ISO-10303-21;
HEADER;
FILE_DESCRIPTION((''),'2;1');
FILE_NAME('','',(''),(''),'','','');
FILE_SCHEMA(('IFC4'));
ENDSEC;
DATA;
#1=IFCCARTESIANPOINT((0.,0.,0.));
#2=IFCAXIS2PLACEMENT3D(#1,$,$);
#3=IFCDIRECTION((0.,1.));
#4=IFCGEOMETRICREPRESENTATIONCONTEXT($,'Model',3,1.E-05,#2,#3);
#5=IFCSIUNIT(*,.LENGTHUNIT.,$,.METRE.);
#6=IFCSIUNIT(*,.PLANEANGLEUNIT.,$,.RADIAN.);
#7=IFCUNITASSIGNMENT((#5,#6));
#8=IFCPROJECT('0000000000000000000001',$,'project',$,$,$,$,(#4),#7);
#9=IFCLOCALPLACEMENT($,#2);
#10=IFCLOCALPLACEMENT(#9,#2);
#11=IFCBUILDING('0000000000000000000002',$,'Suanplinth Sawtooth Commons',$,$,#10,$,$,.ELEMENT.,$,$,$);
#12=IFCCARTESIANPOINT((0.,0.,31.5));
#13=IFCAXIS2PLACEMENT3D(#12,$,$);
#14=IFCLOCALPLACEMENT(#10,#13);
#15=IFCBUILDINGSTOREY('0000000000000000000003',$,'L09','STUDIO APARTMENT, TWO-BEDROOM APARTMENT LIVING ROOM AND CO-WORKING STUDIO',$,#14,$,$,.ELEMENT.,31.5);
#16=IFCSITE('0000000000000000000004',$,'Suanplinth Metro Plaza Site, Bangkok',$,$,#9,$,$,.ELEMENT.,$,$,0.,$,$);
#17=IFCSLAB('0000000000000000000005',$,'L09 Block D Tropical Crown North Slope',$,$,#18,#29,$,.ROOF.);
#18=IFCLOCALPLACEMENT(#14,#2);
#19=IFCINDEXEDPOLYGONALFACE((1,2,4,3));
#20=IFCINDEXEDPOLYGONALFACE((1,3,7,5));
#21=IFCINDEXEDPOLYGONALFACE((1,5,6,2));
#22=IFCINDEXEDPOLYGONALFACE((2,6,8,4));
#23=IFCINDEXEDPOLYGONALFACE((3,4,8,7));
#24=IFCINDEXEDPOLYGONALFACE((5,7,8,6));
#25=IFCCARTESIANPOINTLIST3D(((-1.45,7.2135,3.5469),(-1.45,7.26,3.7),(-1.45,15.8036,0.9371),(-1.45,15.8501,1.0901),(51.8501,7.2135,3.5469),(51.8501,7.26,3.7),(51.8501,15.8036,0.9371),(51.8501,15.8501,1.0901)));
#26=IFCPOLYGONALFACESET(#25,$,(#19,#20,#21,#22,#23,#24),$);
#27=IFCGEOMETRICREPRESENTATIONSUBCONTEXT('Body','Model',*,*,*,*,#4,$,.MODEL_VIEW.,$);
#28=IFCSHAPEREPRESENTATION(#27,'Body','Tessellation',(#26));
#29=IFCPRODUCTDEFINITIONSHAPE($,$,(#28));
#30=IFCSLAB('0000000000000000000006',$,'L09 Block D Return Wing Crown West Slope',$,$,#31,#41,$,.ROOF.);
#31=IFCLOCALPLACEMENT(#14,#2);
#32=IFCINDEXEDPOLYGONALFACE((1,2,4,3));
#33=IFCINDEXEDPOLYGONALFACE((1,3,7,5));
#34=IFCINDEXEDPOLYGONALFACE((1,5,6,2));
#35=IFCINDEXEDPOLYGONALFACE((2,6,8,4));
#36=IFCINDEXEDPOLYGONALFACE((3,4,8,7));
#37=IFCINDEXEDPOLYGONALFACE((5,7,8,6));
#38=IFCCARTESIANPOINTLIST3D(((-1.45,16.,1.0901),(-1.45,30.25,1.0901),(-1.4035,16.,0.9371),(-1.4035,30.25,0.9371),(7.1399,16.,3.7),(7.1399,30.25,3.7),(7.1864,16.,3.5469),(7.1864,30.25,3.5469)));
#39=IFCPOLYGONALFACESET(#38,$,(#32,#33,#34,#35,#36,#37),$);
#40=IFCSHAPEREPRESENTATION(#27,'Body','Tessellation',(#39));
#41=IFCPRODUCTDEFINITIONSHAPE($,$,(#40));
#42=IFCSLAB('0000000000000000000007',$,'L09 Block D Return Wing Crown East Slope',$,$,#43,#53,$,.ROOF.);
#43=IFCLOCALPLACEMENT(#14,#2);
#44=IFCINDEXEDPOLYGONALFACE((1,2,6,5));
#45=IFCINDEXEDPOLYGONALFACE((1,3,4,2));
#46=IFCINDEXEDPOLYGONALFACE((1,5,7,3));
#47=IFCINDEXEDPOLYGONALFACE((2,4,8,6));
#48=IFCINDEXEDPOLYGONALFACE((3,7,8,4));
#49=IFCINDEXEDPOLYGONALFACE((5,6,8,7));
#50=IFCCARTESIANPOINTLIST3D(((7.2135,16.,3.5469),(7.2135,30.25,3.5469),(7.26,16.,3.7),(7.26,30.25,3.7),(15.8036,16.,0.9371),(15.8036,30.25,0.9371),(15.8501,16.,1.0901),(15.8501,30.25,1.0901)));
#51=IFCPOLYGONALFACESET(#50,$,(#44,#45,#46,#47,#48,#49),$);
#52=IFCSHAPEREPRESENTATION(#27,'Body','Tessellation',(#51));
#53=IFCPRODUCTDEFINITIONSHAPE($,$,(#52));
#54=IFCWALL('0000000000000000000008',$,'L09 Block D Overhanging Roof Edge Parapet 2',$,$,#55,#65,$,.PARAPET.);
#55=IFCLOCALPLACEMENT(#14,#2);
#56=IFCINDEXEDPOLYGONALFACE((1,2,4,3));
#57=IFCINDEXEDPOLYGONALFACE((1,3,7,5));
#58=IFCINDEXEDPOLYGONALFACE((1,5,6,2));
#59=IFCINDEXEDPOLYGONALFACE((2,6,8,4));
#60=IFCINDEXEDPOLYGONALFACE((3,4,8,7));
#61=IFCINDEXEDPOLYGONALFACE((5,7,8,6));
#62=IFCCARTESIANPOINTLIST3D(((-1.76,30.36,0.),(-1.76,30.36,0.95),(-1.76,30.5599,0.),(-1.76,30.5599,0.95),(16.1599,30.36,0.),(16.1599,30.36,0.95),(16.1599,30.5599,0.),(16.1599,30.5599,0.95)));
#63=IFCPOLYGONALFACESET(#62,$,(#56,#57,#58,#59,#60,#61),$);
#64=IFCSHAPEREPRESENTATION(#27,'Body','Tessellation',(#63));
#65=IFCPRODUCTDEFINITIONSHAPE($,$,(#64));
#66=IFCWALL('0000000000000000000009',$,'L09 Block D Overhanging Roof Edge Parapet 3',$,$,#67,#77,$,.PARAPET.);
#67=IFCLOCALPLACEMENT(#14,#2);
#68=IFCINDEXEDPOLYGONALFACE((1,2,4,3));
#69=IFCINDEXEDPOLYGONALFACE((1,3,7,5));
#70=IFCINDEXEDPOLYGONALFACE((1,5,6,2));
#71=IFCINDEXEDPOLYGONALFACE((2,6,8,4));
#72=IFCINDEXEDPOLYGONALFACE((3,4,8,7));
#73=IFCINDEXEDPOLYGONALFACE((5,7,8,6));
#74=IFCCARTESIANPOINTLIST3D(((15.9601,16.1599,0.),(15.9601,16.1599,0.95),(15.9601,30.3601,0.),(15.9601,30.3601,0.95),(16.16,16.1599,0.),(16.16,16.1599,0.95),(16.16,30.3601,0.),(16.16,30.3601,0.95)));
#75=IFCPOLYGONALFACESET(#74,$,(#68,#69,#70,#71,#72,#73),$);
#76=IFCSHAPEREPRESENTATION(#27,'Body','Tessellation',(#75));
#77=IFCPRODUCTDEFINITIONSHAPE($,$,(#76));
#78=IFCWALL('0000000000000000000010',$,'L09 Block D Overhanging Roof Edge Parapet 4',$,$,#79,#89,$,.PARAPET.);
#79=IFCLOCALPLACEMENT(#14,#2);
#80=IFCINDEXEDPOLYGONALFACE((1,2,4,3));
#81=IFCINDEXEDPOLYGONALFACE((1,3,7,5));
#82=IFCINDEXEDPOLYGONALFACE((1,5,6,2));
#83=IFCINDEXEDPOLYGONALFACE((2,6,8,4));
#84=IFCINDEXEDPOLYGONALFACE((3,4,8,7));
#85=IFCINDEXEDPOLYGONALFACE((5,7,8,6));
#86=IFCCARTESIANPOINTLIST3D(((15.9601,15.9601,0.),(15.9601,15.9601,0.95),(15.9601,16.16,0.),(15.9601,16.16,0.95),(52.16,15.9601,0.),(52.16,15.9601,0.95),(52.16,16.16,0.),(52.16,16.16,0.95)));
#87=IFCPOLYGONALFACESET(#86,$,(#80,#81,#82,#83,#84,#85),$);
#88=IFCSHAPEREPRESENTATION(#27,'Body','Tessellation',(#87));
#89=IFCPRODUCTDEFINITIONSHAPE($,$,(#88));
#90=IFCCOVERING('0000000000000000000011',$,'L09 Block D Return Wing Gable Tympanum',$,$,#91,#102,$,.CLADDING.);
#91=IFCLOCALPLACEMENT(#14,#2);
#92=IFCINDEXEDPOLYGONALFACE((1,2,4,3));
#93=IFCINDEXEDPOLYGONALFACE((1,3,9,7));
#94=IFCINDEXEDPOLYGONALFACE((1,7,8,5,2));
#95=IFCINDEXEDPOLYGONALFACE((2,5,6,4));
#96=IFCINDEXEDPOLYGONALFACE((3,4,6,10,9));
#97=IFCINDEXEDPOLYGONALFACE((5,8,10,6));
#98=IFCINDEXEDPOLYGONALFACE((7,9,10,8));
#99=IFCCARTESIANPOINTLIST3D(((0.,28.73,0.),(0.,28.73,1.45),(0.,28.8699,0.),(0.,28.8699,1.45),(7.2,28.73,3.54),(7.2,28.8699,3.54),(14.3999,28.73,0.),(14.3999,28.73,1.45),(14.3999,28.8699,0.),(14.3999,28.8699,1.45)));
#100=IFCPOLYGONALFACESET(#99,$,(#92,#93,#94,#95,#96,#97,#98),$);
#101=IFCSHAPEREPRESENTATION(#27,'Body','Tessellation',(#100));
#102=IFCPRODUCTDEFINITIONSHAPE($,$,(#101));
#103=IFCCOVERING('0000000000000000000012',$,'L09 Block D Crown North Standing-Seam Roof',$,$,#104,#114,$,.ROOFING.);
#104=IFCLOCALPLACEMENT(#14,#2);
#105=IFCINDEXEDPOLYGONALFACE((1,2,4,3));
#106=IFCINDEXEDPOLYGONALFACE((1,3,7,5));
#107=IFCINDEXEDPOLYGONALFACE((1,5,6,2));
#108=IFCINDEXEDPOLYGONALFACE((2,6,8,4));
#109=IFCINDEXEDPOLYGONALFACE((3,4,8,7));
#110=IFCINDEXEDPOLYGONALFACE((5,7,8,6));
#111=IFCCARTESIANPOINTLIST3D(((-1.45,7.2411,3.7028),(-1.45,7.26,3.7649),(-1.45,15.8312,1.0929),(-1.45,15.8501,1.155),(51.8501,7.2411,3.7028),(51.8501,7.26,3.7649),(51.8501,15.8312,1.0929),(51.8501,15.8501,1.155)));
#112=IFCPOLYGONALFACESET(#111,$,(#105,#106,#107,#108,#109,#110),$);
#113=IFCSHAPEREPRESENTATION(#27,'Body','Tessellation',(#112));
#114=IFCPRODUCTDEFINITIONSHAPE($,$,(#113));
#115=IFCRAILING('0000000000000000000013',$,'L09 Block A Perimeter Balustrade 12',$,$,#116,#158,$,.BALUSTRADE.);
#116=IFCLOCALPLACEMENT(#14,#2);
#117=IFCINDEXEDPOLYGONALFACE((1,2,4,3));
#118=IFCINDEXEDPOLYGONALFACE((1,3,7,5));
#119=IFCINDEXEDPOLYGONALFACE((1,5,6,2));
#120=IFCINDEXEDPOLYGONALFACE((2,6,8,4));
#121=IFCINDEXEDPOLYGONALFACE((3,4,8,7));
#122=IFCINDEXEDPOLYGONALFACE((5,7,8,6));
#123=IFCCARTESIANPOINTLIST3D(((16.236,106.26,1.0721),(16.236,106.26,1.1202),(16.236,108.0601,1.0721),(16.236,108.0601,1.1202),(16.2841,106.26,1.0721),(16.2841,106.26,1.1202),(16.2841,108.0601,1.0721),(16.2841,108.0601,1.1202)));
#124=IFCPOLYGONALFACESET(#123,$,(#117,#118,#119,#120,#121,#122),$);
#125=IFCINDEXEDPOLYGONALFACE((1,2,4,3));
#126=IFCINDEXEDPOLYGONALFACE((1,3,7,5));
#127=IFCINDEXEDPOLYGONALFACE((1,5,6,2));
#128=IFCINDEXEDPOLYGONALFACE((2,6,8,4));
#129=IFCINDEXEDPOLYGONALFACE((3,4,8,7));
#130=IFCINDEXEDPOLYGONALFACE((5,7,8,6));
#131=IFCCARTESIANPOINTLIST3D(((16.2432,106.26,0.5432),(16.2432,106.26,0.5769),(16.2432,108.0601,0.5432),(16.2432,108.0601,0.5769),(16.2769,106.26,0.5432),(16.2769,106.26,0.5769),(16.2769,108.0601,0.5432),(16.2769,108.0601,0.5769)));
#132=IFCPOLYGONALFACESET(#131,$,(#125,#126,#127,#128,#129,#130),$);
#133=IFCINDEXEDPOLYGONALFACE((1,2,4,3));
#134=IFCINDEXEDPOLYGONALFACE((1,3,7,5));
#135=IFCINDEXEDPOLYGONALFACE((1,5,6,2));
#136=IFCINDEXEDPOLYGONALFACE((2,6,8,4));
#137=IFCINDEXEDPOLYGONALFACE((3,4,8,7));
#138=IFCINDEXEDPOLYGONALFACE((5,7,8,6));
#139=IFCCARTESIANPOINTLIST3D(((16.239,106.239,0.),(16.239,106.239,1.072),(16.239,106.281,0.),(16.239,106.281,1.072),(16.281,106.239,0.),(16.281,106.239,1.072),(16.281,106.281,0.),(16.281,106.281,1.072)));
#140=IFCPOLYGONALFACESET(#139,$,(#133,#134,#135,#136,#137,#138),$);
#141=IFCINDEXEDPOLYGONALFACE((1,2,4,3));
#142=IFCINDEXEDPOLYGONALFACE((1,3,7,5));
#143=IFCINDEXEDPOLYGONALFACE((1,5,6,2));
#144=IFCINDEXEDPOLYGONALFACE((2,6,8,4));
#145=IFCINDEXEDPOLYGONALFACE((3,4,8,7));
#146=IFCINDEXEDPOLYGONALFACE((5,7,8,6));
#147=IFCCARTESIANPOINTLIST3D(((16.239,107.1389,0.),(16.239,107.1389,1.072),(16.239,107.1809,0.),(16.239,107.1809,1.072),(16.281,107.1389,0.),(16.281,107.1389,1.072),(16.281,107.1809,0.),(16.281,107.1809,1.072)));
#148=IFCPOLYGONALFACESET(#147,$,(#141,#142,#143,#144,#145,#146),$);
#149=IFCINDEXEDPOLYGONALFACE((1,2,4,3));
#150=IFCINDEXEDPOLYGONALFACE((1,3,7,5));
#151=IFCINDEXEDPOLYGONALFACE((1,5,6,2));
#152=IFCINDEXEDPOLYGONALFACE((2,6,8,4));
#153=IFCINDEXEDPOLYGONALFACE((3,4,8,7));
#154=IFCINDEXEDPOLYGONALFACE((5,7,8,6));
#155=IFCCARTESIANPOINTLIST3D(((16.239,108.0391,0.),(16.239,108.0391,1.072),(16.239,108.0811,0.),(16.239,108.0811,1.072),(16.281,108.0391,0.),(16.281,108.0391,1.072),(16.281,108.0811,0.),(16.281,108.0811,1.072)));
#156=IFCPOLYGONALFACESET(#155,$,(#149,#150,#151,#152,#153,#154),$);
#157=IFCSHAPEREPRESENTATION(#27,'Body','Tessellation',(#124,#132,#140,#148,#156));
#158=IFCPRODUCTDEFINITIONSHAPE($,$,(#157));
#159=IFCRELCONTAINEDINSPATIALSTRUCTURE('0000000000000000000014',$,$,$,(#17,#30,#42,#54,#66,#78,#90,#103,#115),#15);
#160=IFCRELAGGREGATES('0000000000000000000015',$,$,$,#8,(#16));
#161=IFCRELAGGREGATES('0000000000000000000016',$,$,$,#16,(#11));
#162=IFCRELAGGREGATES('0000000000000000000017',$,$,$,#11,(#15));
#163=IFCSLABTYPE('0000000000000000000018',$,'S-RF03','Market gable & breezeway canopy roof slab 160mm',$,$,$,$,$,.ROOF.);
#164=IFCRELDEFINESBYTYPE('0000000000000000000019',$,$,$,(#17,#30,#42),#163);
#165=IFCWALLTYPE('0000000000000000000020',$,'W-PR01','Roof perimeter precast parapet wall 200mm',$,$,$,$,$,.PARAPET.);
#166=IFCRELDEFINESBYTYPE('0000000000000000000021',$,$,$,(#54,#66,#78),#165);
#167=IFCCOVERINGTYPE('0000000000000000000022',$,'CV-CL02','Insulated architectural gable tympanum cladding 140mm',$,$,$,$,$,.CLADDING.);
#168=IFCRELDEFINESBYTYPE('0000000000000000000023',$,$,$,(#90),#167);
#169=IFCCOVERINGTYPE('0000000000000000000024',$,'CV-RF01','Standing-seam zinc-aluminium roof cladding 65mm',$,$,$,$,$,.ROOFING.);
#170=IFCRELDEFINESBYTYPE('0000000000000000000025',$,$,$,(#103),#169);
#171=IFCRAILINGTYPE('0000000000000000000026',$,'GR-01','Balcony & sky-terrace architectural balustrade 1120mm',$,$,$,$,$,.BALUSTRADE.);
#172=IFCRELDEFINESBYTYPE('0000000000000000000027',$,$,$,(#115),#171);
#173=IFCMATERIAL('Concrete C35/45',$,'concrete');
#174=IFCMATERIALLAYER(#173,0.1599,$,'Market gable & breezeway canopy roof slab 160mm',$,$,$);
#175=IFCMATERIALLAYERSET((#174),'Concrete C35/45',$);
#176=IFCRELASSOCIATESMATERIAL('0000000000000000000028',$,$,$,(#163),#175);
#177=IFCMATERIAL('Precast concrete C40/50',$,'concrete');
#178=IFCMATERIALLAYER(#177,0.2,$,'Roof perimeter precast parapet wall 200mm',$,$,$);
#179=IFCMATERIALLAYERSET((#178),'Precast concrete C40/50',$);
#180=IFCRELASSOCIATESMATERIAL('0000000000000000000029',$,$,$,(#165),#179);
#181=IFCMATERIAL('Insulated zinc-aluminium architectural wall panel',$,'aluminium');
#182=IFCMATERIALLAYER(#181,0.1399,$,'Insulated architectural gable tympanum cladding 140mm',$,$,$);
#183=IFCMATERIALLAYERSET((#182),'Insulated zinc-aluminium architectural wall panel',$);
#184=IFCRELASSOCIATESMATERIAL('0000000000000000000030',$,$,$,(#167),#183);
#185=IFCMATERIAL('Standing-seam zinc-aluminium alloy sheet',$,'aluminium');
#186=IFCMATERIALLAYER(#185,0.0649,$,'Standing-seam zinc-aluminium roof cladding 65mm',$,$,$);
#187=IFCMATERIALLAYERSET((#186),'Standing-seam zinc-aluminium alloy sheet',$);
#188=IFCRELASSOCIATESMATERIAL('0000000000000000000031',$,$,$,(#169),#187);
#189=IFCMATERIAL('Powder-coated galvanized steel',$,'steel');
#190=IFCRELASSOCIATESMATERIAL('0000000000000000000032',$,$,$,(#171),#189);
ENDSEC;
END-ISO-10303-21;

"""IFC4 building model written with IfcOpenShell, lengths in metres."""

from ifc_helpers import new_model, si_unit, direction, frame, frame_2d, origin, origin_2d, place, context, subcontext, project, spatial, polyline, rectangle, outline, extrude, material, layer, layer_set, type_object, element, save


model = new_model("IFC4")

# Units and contexts
model_context = context("Model", 3, precision=1e-05, world=origin(), true_north=direction((0.0, 1.0)))
body_context = subcontext(model_context, "Body", "Model", "MODEL_VIEW")
ifc_project = project(units=[si_unit("LENGTHUNIT", "METRE"), si_unit("PLANEANGLEUNIT", "RADIAN")], contexts=[model_context])

# Site, building, storey
site_placement = place(None, origin())
site = spatial("IfcSite", under=ifc_project, at=site_placement, Name="Suanplinth Metro Plaza Site, Bangkok", CompositionType="ELEMENT", RefElevation=0.0)
building_placement = place(site_placement, origin())
building = spatial("IfcBuilding", under=site, at=building_placement, Name="Suanplinth Sawtooth Commons", CompositionType="ELEMENT")
storey_placement = place(building_placement, frame((0.0, 0.0, 31.5)))
storey = spatial("IfcBuildingStorey", under=building, at=storey_placement, Name="L09", Description="STUDIO APARTMENT, TWO-BEDROOM APARTMENT LIVING ROOM AND CO-WORKING STUDIO", CompositionType="ELEMENT", Elevation=31.5)

# Shared definitions
ifc_material_1 = material(Name="Precast concrete C40/50", Category="concrete")

# Slabs
ifc_material_2 = material(Name="Concrete C35/45", Category="concrete")
ifc_layer_1 = layer(ifc_material_2, 0.1599, Name="Market gable & breezeway canopy roof slab 160mm")
ifc_layer_set_1 = layer_set([ifc_layer_1], Name="Concrete C35/45")
slab_type = type_object("IfcSlabType", Name="S-RF03", Description="Market gable & breezeway canopy roof slab 160mm", PredefinedType="ROOF", material=ifc_layer_set_1)
slab_1_placement = place(storey_placement, frame((-1.45, 15.8501, 1.0901), z_axis=(0.0, 0.290702, 0.956814), x_axis=(1.0, 0.0, 0.0)))
element("IfcSlab", 1, at=slab_1_placement, inside=storey, type_object=slab_type, Name="L09 Block D Tropical Crown North Slope", PredefinedType="ROOF", context=body_context, shape_type="SweptSolid", body=[
    extrude(outline(polyline([(0.0, 0.0), (53.3, 0.0), (53.3, -8.9778), (0.0, -8.9778), (0.0, 0.0)])), origin(), (0.0, 0.0, -1.0), 0.1599),
])
slab_2_placement = place(storey_placement, frame((-1.45, 16.0, 1.0901), z_axis=(-0.290709, 0.0, 0.956811), x_axis=(0.0, 1.0, 0.0)))
element("IfcSlab", 2, at=slab_2_placement, inside=storey, type_object=slab_type, Name="L09 Block D Return Wing Crown West Slope", PredefinedType="ROOF", context=body_context, shape_type="SweptSolid", body=[
    extrude(outline(polyline([(0.0, 0.0), (14.25, 0.0), (14.25, -8.9776), (0.0, -8.9776), (0.0, 0.0)])), origin(), (0.0, 0.0, -1.0), 0.1599),
])
slab_3_placement = place(storey_placement, frame((15.8501, 16.0, 1.0901), z_axis=(0.290702, 0.0, 0.956814), x_axis=(0.0, 1.0, 0.0)))
element("IfcSlab", 3, at=slab_3_placement, inside=storey, type_object=slab_type, Name="L09 Block D Return Wing Crown East Slope", PredefinedType="ROOF", context=body_context, shape_type="SweptSolid", body=[
    extrude(outline(polyline([(0.0, 0.0), (14.25, 0.0), (14.25, 8.9778), (0.0, 8.9778), (0.0, 0.0)])), origin(), (0.0, 0.0, -1.0), 0.1599),
])

# Walls
ifc_layer_2 = layer(ifc_material_1, 0.2, Name="Roof perimeter precast parapet wall 200mm")
ifc_layer_set_2 = layer_set([ifc_layer_2], Name="Precast concrete C40/50")
wall_type = type_object("IfcWallType", Name="W-PR01", Description="Roof perimeter precast parapet wall 200mm", PredefinedType="PARAPET", material=ifc_layer_set_2)
wall_1_placement = place(storey_placement, frame((-1.76, 30.46, 0.0), z_axis=(0.0, 0.0, 1.0), x_axis=(1.0, 0.0, 0.0)))
element("IfcWall", 4, at=wall_1_placement, inside=storey, type_object=wall_type, Name="L09 Block D Overhanging Roof Edge Parapet 2", PredefinedType="PARAPET", context=body_context, shape_type="SweptSolid", body=[
    extrude(rectangle(XDim=17.9199, YDim=0.2, at=frame_2d((8.96, 0.0))), origin(), (0.0, 0.0, 1.0), 0.95),
])
wall_2_placement = place(storey_placement, frame((16.0601, 30.3601, 0.0), z_axis=(0.0, 0.0, 1.0), x_axis=(0.0, -1.0, 0.0)))
element("IfcWall", 5, at=wall_2_placement, inside=storey, type_object=wall_type, Name="L09 Block D Overhanging Roof Edge Parapet 3", PredefinedType="PARAPET", context=body_context, shape_type="SweptSolid", body=[
    extrude(rectangle(XDim=14.2002, YDim=0.2, at=frame_2d((7.1001, 0.0))), origin(), (0.0, 0.0, 1.0), 0.95),
])
wall_3_placement = place(storey_placement, frame((15.96, 16.0601, 0.0), z_axis=(0.0, 0.0, 1.0), x_axis=(1.0, 0.0, 0.0)))
element("IfcWall", 6, at=wall_3_placement, inside=storey, type_object=wall_type, Name="L09 Block D Overhanging Roof Edge Parapet 4", PredefinedType="PARAPET", context=body_context, shape_type="SweptSolid", body=[
    extrude(rectangle(XDim=36.2, YDim=0.2, at=frame_2d((18.1001, 0.0))), origin(), (0.0, 0.0, 1.0), 0.95),
])

# Coverings
ifc_material_3 = material(Name="Insulated zinc-aluminium architectural wall panel", Category="aluminium")
ifc_layer_3 = layer(ifc_material_3, 0.1399, Name="Insulated architectural gable tympanum cladding 140mm")
ifc_layer_set_3 = layer_set([ifc_layer_3], Name="Insulated zinc-aluminium architectural wall panel")
covering_type_1 = type_object("IfcCoveringType", Name="CV-CL02", Description="Insulated architectural gable tympanum cladding 140mm", PredefinedType="CLADDING", material=ifc_layer_set_3)
covering_1_placement = place(storey_placement, frame((0.0, 28.8, 0.0), z_axis=(0.0, 0.0, 1.0), x_axis=(1.0, 0.0, 0.0)))
element("IfcCovering", 7, at=covering_1_placement, inside=storey, type_object=covering_type_1, Name="L09 Block D Return Wing Gable Tympanum", PredefinedType="CLADDING", context=body_context, shape_type="SweptSolid", body=[
    extrude(outline(polyline([(0.0, 0.0), (14.3999, 0.0), (14.3999, 1.45), (7.2, 3.54), (0.0, 1.45), (0.0, 0.0)])), frame((0.0, 0.0698, 0.0), z_axis=(0.0, -1.0, 0.0), x_axis=(1.0, 0.0, 0.0)), (0.0, 0.0, 1.0), 0.1399),
])
ifc_material_4 = material(Name="Standing-seam zinc-aluminium alloy sheet", Category="aluminium")
ifc_layer_4 = layer(ifc_material_4, 0.0649, Name="Standing-seam zinc-aluminium roof cladding 65mm")
ifc_layer_set_4 = layer_set([ifc_layer_4], Name="Standing-seam zinc-aluminium alloy sheet")
covering_type_2 = type_object("IfcCoveringType", Name="CV-RF01", Description="Standing-seam zinc-aluminium roof cladding 65mm", PredefinedType="ROOFING", material=ifc_layer_set_4)
covering_2_placement = place(storey_placement, frame((-1.45, 15.8501, 1.155), z_axis=(0.0, 0.290702, 0.956814), x_axis=(1.0, 0.0, 0.0)))
element("IfcCovering", 8, at=covering_2_placement, inside=storey, type_object=covering_type_2, Name="L09 Block D Crown North Standing-Seam Roof", PredefinedType="ROOFING", context=body_context, shape_type="SweptSolid", body=[
    extrude(outline(polyline([(0.0, 0.0), (53.3, 0.0), (53.3, -8.9778), (0.0, -8.9778), (0.0, 0.0)])), origin(), (0.0, 0.0, -1.0), 0.0649),
])

# Railing
ifc_material_5 = material(Name="Powder-coated galvanized steel", Category="steel")
railing_type = type_object("IfcRailingType", Name="GR-01", Description="Balcony & sky-terrace architectural balustrade 1120mm", PredefinedType="BALUSTRADE", material=ifc_material_5)
railing_placement = place(storey_placement, frame((16.26, 106.26, 0.0)))
element("IfcRailing", 9, at=railing_placement, inside=storey, type_object=railing_type, Name="L09 Block A Perimeter Balustrade 12", PredefinedType="BALUSTRADE", context=body_context, shape_type="SweptSolid", body=[
    extrude(rectangle(XDim=0.0481, YDim=0.0481, at=origin_2d()), frame((0.0, 0.0, 1.0962), z_axis=(0.0, 1.0, 0.0), x_axis=(-1.0, 0.0, 0.0)), (0.0, 0.0, 1.0), 1.8),
    extrude(rectangle(XDim=0.0337, YDim=0.0337, at=origin_2d()), frame((0.0, 0.0, 0.5601), z_axis=(0.0, 1.0, 0.0), x_axis=(-1.0, 0.0, 0.0)), (0.0, 0.0, 1.0), 1.8),
    extrude(rectangle(XDim=0.042, YDim=0.042, at=origin_2d()), origin(), (0.0, 0.0, 1.0), 1.072),
    extrude(rectangle(XDim=0.042, YDim=0.042, at=origin_2d()), frame((0.0, 0.8999, 0.0)), (0.0, 0.0, 1.0), 1.072),
    extrude(rectangle(XDim=0.042, YDim=0.042, at=origin_2d()), frame((0.0, 1.8, 0.0)), (0.0, 0.0, 1.0), 1.072),
])

save(model, "model.ifc")
